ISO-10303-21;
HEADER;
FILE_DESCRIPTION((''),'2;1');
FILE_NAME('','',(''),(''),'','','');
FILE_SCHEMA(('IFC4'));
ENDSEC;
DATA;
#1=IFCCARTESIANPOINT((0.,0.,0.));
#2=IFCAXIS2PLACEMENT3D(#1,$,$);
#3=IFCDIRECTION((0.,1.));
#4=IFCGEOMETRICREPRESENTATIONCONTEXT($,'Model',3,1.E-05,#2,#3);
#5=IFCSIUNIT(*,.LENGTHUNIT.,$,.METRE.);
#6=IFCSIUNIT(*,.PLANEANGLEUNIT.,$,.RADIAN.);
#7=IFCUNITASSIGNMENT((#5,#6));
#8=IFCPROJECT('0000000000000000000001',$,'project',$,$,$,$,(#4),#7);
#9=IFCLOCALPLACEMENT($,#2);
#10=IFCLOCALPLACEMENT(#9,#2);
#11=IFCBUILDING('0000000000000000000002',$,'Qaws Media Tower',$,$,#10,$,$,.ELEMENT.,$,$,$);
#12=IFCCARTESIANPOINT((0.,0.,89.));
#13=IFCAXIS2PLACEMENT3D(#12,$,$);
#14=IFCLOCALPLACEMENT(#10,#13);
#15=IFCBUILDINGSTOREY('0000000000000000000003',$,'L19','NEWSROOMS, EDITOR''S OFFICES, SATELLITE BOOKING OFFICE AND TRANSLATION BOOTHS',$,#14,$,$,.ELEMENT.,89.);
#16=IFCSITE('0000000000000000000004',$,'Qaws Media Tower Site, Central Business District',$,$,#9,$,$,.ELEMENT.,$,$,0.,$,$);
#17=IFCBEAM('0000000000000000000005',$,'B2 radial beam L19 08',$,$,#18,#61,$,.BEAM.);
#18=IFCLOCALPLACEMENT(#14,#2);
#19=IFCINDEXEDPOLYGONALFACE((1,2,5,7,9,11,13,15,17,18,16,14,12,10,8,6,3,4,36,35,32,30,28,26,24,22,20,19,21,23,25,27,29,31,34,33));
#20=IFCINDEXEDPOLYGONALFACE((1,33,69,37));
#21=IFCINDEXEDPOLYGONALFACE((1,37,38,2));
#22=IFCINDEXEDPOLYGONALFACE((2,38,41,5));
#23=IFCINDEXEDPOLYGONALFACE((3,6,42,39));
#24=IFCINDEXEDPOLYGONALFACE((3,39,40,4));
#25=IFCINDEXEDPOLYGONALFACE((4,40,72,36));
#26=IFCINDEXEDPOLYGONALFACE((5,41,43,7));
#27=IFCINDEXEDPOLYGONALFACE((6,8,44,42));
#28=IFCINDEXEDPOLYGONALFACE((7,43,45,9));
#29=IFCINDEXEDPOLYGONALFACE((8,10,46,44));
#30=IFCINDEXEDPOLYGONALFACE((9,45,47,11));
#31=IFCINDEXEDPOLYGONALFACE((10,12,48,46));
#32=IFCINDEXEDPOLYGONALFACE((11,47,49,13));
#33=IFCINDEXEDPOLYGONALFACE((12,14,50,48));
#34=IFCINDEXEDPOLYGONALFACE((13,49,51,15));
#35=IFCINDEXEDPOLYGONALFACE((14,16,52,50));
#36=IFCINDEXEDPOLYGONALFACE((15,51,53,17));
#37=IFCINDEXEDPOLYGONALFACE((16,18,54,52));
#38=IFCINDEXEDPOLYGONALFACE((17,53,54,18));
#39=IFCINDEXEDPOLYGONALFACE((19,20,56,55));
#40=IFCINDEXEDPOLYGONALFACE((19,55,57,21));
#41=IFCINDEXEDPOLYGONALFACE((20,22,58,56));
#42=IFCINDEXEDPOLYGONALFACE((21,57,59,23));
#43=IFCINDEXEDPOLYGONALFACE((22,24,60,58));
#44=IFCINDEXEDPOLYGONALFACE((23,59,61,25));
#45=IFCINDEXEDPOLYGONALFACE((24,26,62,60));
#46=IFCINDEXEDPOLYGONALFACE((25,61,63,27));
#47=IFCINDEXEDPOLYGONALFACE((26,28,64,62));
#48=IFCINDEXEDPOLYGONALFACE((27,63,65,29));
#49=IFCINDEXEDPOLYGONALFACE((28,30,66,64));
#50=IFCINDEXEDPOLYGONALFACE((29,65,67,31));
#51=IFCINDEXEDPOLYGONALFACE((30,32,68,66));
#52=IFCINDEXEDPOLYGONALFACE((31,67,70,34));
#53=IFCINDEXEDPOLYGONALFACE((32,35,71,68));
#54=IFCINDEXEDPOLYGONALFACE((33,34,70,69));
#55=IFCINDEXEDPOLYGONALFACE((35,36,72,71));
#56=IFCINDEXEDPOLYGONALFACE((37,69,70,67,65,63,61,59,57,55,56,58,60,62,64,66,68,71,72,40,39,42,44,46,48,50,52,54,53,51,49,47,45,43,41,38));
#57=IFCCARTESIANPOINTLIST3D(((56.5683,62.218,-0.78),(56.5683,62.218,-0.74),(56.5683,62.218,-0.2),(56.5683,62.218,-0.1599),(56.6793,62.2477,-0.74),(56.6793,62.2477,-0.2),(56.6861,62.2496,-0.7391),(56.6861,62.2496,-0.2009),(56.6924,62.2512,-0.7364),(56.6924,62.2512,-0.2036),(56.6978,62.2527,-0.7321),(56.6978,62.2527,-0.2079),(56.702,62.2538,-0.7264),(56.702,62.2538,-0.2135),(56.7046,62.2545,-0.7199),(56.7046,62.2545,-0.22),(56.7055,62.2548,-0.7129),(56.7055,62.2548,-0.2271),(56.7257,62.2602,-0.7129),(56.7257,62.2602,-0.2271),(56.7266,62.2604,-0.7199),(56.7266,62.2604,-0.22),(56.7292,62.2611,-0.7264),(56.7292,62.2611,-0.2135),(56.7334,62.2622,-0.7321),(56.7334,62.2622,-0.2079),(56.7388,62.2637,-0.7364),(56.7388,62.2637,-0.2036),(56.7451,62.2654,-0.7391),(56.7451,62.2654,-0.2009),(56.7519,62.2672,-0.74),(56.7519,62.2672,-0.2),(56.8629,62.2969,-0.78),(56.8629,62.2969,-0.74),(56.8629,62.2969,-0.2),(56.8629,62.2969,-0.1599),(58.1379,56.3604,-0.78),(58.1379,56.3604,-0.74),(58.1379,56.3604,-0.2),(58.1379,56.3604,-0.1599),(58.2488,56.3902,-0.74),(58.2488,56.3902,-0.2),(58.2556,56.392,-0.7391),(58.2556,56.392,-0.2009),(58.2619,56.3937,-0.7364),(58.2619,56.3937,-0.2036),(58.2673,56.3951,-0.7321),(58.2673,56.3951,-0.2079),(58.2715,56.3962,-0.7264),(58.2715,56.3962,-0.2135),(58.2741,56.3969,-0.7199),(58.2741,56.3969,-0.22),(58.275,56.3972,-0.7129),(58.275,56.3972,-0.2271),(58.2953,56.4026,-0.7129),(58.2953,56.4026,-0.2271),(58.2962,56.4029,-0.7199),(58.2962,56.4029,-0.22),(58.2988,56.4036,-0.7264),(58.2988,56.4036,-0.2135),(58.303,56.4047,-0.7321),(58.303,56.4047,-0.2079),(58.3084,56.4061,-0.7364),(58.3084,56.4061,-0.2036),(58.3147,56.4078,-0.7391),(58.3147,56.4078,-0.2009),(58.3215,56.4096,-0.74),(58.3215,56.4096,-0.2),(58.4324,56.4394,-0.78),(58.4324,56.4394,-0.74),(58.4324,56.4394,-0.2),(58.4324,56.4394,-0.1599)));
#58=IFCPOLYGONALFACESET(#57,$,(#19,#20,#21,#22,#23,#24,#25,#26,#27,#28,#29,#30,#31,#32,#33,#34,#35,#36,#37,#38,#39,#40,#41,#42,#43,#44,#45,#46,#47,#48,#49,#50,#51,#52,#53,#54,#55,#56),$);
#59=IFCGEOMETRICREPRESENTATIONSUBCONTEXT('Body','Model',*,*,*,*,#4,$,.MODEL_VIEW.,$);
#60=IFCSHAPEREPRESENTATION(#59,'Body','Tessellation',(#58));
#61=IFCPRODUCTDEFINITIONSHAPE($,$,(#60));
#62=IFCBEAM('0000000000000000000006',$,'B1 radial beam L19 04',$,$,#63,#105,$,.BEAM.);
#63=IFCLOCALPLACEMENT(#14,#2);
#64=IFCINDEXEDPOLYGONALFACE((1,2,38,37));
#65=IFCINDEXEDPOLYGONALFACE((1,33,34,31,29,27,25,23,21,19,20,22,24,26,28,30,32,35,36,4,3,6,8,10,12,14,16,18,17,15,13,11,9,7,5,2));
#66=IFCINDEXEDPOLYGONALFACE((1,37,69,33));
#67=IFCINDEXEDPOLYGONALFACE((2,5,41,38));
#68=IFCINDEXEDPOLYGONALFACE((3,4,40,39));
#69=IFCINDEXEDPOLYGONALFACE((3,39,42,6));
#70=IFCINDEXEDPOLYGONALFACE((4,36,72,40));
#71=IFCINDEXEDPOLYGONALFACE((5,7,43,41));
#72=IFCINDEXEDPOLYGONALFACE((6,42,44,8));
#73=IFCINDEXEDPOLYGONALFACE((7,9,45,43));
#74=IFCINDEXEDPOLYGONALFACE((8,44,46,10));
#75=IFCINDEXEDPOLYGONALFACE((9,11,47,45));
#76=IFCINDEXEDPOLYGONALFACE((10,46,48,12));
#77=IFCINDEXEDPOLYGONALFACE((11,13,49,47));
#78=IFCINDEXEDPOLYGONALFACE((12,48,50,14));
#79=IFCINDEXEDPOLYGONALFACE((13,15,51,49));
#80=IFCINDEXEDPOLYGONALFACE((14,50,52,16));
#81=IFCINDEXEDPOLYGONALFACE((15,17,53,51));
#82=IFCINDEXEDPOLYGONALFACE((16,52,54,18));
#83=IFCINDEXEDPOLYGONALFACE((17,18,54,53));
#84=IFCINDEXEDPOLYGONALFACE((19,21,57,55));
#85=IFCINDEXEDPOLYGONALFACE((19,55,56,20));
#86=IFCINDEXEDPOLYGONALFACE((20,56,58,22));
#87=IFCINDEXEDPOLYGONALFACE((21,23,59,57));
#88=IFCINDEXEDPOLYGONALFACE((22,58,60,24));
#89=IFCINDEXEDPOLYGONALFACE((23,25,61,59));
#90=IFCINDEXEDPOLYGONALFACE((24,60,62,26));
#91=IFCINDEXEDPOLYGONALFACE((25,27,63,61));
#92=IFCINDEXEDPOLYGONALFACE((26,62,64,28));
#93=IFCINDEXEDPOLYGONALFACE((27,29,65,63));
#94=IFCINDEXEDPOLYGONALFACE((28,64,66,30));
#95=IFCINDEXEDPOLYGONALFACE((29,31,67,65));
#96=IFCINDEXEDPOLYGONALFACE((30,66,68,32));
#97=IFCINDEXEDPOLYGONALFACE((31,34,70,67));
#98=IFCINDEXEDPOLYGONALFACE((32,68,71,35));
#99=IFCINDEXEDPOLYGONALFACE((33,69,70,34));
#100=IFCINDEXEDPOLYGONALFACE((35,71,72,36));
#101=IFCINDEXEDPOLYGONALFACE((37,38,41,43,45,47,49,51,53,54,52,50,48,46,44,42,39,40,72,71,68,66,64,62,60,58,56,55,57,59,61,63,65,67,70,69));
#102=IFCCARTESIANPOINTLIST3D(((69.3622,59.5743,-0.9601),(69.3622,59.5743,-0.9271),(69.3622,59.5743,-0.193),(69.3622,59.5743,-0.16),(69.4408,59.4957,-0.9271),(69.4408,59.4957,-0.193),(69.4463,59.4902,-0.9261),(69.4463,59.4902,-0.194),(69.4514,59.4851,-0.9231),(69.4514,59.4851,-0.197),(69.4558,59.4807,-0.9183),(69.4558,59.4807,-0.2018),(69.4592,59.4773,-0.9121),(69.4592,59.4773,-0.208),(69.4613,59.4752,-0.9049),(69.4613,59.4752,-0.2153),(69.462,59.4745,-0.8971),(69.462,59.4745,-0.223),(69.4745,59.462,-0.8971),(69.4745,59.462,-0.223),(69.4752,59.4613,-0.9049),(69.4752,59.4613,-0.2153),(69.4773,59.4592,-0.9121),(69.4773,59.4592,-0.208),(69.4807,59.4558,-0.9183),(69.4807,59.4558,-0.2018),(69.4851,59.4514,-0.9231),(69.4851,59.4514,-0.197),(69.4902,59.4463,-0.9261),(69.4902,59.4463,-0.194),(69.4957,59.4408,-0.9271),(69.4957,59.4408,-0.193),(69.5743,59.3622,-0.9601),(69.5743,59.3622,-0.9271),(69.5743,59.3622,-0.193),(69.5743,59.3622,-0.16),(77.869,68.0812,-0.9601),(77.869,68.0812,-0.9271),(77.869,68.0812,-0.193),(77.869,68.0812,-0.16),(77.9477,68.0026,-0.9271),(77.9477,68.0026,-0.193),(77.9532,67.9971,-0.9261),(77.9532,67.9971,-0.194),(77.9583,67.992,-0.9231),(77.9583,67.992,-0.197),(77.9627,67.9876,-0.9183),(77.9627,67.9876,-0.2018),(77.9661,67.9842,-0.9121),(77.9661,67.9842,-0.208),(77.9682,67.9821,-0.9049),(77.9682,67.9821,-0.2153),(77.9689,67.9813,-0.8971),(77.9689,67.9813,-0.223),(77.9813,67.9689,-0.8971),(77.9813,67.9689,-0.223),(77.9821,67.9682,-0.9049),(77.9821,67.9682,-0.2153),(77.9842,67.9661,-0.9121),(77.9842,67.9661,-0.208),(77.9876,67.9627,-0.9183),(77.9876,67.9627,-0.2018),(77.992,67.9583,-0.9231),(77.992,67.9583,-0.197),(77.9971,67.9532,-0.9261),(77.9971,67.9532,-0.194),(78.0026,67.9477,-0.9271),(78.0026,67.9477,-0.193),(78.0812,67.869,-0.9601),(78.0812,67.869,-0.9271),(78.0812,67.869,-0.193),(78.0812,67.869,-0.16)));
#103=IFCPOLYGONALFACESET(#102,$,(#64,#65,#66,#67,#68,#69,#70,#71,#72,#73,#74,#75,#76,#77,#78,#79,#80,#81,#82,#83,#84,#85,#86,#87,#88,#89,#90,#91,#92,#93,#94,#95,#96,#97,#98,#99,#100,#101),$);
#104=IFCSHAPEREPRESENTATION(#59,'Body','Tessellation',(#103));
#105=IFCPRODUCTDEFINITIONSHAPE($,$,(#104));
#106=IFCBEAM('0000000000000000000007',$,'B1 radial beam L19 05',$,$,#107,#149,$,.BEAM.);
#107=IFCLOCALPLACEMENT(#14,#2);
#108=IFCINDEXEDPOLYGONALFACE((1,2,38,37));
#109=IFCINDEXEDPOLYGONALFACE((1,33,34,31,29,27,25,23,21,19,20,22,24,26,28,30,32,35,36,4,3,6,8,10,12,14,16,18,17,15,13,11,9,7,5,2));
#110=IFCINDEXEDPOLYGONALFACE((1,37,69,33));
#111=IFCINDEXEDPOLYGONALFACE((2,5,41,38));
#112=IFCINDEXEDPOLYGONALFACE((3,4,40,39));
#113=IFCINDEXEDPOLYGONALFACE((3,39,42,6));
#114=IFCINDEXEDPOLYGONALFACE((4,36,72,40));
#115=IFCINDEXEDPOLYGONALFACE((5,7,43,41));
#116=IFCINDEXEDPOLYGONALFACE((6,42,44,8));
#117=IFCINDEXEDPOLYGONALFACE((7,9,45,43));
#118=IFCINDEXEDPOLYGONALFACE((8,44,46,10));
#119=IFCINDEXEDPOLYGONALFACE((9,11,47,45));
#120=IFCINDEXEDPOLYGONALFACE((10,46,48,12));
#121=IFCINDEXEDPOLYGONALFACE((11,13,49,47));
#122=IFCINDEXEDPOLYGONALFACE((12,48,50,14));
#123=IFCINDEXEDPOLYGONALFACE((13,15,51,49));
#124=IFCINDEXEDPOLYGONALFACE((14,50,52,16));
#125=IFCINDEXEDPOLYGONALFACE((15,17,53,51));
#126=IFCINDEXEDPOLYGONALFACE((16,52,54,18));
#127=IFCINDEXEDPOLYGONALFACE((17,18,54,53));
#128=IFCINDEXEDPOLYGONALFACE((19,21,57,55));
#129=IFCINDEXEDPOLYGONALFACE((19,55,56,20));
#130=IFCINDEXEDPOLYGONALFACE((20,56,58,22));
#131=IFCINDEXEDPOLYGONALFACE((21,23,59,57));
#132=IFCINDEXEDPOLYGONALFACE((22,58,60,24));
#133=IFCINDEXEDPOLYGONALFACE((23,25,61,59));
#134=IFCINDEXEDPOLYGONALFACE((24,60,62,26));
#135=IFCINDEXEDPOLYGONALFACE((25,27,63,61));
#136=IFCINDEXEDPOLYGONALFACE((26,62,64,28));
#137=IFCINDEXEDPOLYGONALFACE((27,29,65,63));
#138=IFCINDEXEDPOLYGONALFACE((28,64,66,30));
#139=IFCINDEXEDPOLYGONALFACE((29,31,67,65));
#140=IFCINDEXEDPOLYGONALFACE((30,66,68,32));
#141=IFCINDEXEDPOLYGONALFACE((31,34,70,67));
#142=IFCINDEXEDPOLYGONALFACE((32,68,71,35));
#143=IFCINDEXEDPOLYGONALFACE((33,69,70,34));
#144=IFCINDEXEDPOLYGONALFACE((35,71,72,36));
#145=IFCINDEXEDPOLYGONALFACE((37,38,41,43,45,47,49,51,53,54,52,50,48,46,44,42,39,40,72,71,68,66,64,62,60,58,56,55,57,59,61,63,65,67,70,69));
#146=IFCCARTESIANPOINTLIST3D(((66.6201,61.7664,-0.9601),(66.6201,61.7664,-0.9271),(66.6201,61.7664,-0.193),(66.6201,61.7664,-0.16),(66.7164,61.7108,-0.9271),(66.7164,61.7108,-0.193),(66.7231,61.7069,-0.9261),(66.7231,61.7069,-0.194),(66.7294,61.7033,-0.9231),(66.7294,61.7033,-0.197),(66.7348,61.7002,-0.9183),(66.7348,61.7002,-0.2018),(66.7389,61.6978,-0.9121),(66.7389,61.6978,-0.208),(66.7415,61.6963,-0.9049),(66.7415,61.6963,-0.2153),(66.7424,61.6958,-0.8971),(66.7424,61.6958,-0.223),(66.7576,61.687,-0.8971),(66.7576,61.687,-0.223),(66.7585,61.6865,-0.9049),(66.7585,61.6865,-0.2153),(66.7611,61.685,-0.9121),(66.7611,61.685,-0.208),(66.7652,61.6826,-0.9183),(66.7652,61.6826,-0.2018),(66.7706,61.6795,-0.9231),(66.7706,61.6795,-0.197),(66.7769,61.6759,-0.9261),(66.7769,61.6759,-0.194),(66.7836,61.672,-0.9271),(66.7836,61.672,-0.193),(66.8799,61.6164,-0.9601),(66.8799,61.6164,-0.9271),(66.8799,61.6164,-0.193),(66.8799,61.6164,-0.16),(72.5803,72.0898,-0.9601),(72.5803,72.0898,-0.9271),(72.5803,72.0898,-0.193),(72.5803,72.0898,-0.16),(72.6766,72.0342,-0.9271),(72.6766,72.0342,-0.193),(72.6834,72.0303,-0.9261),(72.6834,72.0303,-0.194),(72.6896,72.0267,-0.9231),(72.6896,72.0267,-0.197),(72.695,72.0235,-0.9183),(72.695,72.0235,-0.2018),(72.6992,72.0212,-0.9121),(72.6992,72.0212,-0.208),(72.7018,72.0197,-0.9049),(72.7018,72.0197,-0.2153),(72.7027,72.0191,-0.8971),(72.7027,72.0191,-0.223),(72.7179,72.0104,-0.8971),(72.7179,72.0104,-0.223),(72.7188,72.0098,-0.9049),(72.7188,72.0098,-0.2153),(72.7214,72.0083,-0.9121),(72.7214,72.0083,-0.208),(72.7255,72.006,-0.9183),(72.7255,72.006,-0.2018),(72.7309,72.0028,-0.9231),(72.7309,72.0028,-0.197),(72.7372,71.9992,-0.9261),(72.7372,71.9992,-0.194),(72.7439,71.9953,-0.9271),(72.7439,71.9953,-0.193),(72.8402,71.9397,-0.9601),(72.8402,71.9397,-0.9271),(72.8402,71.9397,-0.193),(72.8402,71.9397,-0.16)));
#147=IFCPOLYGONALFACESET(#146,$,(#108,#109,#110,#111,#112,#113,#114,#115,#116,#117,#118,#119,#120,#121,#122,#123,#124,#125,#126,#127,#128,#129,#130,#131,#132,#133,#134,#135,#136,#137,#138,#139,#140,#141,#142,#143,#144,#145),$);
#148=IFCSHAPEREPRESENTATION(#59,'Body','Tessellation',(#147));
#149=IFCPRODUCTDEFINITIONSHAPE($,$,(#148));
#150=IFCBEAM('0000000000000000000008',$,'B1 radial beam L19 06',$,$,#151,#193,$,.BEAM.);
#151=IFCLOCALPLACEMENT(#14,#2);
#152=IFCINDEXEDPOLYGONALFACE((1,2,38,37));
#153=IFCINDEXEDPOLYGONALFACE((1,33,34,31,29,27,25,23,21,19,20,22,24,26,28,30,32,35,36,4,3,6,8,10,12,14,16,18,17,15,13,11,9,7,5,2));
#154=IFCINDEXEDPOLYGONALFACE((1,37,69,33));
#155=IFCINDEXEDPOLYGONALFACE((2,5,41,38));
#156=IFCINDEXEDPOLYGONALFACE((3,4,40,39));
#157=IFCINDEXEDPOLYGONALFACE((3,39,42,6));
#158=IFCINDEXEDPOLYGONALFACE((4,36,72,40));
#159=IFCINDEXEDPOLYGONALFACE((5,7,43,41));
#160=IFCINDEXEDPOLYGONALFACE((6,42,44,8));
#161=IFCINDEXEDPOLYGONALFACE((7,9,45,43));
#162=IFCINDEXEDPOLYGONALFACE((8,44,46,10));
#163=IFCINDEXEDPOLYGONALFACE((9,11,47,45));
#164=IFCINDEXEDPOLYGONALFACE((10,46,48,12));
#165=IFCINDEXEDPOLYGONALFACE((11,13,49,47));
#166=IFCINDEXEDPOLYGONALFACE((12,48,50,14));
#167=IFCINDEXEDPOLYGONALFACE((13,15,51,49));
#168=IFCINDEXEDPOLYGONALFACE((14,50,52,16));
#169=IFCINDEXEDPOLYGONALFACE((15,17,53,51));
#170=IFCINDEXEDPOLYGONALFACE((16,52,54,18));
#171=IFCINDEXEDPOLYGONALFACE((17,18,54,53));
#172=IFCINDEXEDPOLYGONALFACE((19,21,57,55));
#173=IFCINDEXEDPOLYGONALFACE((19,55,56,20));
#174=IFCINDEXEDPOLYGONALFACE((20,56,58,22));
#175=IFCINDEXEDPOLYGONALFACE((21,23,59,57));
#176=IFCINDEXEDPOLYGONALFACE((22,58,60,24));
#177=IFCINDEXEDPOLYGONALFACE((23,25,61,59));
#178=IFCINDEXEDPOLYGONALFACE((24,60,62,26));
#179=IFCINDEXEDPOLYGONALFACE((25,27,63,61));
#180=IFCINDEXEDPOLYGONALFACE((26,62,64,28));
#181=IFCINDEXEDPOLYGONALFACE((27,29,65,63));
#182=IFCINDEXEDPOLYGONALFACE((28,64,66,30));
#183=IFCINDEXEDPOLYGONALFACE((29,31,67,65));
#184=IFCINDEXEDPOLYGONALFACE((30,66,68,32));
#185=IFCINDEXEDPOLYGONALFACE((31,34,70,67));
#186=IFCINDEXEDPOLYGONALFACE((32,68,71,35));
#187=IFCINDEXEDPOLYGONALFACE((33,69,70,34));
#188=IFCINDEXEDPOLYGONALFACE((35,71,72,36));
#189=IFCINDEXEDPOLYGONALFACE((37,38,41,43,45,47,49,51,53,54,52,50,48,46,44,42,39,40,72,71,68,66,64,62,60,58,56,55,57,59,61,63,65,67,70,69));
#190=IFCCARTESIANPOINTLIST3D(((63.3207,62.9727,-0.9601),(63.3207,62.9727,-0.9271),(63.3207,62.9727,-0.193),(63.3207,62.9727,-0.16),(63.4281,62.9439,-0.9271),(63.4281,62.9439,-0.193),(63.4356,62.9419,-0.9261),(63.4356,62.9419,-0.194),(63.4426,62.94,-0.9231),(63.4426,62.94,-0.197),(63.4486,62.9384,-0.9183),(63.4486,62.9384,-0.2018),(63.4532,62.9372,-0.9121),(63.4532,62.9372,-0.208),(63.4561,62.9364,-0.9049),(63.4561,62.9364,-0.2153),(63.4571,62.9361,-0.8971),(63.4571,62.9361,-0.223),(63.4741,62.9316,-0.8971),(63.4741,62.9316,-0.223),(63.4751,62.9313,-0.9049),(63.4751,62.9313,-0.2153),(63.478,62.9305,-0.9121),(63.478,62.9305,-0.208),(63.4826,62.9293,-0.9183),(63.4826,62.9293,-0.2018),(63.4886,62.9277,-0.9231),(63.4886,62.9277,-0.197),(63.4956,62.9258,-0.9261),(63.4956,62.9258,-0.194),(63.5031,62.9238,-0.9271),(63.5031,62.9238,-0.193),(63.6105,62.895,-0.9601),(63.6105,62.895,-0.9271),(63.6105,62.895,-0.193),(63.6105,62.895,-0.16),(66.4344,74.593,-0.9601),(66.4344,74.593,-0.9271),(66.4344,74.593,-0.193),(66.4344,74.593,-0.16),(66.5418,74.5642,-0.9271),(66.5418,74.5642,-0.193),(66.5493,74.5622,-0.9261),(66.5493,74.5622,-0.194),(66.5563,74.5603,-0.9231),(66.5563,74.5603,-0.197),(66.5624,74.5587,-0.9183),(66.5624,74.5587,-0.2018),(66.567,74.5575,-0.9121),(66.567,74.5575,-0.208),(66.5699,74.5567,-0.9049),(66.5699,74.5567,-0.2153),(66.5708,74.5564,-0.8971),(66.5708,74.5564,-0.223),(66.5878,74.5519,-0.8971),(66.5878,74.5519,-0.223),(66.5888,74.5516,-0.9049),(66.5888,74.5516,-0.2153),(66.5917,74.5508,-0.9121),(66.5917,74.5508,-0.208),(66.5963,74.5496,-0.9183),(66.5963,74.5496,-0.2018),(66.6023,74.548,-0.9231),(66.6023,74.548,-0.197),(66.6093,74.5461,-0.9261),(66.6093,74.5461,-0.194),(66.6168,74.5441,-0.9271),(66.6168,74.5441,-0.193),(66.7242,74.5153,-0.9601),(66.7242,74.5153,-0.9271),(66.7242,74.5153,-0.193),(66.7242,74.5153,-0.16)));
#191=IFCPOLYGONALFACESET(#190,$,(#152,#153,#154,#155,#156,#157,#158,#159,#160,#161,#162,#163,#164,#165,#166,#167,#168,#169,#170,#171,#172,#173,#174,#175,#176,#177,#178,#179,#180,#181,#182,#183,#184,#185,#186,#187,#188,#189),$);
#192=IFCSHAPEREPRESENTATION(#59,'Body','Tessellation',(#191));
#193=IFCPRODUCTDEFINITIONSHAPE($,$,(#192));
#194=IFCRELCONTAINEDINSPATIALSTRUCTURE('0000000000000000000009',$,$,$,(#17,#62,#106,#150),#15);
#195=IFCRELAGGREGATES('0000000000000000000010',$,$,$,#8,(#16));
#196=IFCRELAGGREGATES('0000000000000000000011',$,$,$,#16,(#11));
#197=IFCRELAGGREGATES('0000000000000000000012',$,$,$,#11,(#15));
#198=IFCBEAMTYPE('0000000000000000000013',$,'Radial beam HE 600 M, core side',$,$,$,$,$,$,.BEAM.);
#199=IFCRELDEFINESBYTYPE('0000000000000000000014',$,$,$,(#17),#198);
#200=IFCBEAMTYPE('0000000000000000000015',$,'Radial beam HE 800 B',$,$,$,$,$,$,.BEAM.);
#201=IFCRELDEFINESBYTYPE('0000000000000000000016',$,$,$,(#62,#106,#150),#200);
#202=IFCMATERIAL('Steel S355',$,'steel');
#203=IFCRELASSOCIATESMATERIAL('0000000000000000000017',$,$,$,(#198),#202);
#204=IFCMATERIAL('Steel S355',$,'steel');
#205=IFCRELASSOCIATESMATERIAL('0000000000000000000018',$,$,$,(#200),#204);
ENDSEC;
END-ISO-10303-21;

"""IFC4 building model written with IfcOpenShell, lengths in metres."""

from ifc_helpers import new_model, si_unit, direction, frame, origin, origin_2d, place, context, subcontext, project, spatial, i_section, extrude, material, material_profile, profile_set, type_object, element, save


model = new_model("IFC4")

# Units and contexts
model_context = context("Model", 3, precision=1e-05, world=origin(), true_north=direction((0.0, 1.0)))
body_context = subcontext(model_context, "Body", "Model", "MODEL_VIEW")
ifc_project = project(units=[si_unit("LENGTHUNIT", "METRE"), si_unit("PLANEANGLEUNIT", "RADIAN")], contexts=[model_context])

# Site, building, storey
site_placement = place(None, origin())
site = spatial("IfcSite", under=ifc_project, at=site_placement, Name="Qaws Media Tower Site, Central Business District", CompositionType="ELEMENT", RefElevation=0.0)
building_placement = place(site_placement, origin())
building = spatial("IfcBuilding", under=site, at=building_placement, Name="Qaws Media Tower", CompositionType="ELEMENT")
storey_placement = place(building_placement, frame((0.0, 0.0, 89.0)))
storey = spatial("IfcBuildingStorey", under=building, at=storey_placement, Name="L19", Description="NEWSROOMS, EDITOR'S OFFICES, SATELLITE BOOKING OFFICE AND TRANSLATION BOOTHS", CompositionType="ELEMENT", Elevation=89.0)

# Beams
ifc_material_1 = material(Name="Steel S355", Category="steel")
ifc_material_profile_1 = material_profile(ifc_material_1, i_section(OverallWidth=0.3049, OverallDepth=0.6201, WebThickness=0.021, FlangeThickness=0.04, FilletRadius=0.0271, at=origin_2d()), Name="HE 600 M")
ifc_profile_set_1 = profile_set([ifc_material_profile_1], Name="Steel S355")
beam_type_1 = type_object("IfcBeamType", Name="Radial beam HE 600 M, core side", PredefinedType="BEAM", material=ifc_profile_set_1)
beam_1_placement = place(storey_placement, frame((58.2852, 56.3999, -0.47), z_axis=(-0.258823, 0.965925, 0.0), x_axis=(-0.965925, -0.258823, 0.0)))
element("IfcBeam", 1, at=beam_1_placement, inside=storey, type_object=beam_type_1, Name="B2 radial beam L19 08", PredefinedType="BEAM", context=body_context, shape_type="SweptSolid", body=[
    extrude(i_section(OverallWidth=0.3049, OverallDepth=0.6201, WebThickness=0.021, FlangeThickness=0.04, FilletRadius=0.0271, at=origin_2d()), origin(), (0.0, 0.0, 1.0), 6.0642),
])
ifc_material_2 = material(Name="Steel S355", Category="steel")
ifc_material_profile_2 = material_profile(ifc_material_2, i_section(OverallWidth=0.3, OverallDepth=0.8, WebThickness=0.0176, FlangeThickness=0.033, FilletRadius=0.03, at=origin_2d()), Name="HE 800 B")
ifc_profile_set_2 = profile_set([ifc_material_profile_2], Name="Steel S355")
beam_type_2 = type_object("IfcBeamType", Name="Radial beam HE 800 B", PredefinedType="BEAM", material=ifc_profile_set_2)
beam_2_placement = place(storey_placement, frame((69.4683, 59.4683, -0.5601), z_axis=(0.707107, 0.707107, 0.0), x_axis=(-0.707107, 0.707107, 0.0)))
element("IfcBeam", 2, at=beam_2_placement, inside=storey, type_object=beam_type_2, Name="B1 radial beam L19 04", PredefinedType="BEAM", context=body_context, shape_type="SweptSolid", body=[
    extrude(i_section(OverallWidth=0.3, OverallDepth=0.8, WebThickness=0.0176, FlangeThickness=0.033, FilletRadius=0.03, at=origin_2d()), origin(), (0.0, 0.0, 1.0), 12.0305),
])
beam_3_placement = place(storey_placement, frame((66.75, 61.6914, -0.5601), z_axis=(0.500005, 0.866023, 0.0), x_axis=(-0.866023, 0.500005, 0.0)))
element("IfcBeam", 3, at=beam_3_placement, inside=storey, type_object=beam_type_2, Name="B1 radial beam L19 05", PredefinedType="BEAM", context=body_context, shape_type="SweptSolid", body=[
    extrude(i_section(OverallWidth=0.3, OverallDepth=0.8, WebThickness=0.0176, FlangeThickness=0.033, FilletRadius=0.03, at=origin_2d()), origin(), (0.0, 0.0, 1.0), 11.9204),
])
beam_4_placement = place(storey_placement, frame((63.4656, 62.9338, -0.5601), z_axis=(0.258827, 0.965924, 0.0), x_axis=(-0.965924, 0.258827, 0.0)))
element("IfcBeam", 4, at=beam_4_placement, inside=storey, type_object=beam_type_2, Name="B1 radial beam L19 06", PredefinedType="BEAM", context=body_context, shape_type="SweptSolid", body=[
    extrude(i_section(OverallWidth=0.3, OverallDepth=0.8, WebThickness=0.0176, FlangeThickness=0.033, FilletRadius=0.03, at=origin_2d()), origin(), (0.0, 0.0, 1.0), 12.0303),
])

save(model, "model.ifc")
